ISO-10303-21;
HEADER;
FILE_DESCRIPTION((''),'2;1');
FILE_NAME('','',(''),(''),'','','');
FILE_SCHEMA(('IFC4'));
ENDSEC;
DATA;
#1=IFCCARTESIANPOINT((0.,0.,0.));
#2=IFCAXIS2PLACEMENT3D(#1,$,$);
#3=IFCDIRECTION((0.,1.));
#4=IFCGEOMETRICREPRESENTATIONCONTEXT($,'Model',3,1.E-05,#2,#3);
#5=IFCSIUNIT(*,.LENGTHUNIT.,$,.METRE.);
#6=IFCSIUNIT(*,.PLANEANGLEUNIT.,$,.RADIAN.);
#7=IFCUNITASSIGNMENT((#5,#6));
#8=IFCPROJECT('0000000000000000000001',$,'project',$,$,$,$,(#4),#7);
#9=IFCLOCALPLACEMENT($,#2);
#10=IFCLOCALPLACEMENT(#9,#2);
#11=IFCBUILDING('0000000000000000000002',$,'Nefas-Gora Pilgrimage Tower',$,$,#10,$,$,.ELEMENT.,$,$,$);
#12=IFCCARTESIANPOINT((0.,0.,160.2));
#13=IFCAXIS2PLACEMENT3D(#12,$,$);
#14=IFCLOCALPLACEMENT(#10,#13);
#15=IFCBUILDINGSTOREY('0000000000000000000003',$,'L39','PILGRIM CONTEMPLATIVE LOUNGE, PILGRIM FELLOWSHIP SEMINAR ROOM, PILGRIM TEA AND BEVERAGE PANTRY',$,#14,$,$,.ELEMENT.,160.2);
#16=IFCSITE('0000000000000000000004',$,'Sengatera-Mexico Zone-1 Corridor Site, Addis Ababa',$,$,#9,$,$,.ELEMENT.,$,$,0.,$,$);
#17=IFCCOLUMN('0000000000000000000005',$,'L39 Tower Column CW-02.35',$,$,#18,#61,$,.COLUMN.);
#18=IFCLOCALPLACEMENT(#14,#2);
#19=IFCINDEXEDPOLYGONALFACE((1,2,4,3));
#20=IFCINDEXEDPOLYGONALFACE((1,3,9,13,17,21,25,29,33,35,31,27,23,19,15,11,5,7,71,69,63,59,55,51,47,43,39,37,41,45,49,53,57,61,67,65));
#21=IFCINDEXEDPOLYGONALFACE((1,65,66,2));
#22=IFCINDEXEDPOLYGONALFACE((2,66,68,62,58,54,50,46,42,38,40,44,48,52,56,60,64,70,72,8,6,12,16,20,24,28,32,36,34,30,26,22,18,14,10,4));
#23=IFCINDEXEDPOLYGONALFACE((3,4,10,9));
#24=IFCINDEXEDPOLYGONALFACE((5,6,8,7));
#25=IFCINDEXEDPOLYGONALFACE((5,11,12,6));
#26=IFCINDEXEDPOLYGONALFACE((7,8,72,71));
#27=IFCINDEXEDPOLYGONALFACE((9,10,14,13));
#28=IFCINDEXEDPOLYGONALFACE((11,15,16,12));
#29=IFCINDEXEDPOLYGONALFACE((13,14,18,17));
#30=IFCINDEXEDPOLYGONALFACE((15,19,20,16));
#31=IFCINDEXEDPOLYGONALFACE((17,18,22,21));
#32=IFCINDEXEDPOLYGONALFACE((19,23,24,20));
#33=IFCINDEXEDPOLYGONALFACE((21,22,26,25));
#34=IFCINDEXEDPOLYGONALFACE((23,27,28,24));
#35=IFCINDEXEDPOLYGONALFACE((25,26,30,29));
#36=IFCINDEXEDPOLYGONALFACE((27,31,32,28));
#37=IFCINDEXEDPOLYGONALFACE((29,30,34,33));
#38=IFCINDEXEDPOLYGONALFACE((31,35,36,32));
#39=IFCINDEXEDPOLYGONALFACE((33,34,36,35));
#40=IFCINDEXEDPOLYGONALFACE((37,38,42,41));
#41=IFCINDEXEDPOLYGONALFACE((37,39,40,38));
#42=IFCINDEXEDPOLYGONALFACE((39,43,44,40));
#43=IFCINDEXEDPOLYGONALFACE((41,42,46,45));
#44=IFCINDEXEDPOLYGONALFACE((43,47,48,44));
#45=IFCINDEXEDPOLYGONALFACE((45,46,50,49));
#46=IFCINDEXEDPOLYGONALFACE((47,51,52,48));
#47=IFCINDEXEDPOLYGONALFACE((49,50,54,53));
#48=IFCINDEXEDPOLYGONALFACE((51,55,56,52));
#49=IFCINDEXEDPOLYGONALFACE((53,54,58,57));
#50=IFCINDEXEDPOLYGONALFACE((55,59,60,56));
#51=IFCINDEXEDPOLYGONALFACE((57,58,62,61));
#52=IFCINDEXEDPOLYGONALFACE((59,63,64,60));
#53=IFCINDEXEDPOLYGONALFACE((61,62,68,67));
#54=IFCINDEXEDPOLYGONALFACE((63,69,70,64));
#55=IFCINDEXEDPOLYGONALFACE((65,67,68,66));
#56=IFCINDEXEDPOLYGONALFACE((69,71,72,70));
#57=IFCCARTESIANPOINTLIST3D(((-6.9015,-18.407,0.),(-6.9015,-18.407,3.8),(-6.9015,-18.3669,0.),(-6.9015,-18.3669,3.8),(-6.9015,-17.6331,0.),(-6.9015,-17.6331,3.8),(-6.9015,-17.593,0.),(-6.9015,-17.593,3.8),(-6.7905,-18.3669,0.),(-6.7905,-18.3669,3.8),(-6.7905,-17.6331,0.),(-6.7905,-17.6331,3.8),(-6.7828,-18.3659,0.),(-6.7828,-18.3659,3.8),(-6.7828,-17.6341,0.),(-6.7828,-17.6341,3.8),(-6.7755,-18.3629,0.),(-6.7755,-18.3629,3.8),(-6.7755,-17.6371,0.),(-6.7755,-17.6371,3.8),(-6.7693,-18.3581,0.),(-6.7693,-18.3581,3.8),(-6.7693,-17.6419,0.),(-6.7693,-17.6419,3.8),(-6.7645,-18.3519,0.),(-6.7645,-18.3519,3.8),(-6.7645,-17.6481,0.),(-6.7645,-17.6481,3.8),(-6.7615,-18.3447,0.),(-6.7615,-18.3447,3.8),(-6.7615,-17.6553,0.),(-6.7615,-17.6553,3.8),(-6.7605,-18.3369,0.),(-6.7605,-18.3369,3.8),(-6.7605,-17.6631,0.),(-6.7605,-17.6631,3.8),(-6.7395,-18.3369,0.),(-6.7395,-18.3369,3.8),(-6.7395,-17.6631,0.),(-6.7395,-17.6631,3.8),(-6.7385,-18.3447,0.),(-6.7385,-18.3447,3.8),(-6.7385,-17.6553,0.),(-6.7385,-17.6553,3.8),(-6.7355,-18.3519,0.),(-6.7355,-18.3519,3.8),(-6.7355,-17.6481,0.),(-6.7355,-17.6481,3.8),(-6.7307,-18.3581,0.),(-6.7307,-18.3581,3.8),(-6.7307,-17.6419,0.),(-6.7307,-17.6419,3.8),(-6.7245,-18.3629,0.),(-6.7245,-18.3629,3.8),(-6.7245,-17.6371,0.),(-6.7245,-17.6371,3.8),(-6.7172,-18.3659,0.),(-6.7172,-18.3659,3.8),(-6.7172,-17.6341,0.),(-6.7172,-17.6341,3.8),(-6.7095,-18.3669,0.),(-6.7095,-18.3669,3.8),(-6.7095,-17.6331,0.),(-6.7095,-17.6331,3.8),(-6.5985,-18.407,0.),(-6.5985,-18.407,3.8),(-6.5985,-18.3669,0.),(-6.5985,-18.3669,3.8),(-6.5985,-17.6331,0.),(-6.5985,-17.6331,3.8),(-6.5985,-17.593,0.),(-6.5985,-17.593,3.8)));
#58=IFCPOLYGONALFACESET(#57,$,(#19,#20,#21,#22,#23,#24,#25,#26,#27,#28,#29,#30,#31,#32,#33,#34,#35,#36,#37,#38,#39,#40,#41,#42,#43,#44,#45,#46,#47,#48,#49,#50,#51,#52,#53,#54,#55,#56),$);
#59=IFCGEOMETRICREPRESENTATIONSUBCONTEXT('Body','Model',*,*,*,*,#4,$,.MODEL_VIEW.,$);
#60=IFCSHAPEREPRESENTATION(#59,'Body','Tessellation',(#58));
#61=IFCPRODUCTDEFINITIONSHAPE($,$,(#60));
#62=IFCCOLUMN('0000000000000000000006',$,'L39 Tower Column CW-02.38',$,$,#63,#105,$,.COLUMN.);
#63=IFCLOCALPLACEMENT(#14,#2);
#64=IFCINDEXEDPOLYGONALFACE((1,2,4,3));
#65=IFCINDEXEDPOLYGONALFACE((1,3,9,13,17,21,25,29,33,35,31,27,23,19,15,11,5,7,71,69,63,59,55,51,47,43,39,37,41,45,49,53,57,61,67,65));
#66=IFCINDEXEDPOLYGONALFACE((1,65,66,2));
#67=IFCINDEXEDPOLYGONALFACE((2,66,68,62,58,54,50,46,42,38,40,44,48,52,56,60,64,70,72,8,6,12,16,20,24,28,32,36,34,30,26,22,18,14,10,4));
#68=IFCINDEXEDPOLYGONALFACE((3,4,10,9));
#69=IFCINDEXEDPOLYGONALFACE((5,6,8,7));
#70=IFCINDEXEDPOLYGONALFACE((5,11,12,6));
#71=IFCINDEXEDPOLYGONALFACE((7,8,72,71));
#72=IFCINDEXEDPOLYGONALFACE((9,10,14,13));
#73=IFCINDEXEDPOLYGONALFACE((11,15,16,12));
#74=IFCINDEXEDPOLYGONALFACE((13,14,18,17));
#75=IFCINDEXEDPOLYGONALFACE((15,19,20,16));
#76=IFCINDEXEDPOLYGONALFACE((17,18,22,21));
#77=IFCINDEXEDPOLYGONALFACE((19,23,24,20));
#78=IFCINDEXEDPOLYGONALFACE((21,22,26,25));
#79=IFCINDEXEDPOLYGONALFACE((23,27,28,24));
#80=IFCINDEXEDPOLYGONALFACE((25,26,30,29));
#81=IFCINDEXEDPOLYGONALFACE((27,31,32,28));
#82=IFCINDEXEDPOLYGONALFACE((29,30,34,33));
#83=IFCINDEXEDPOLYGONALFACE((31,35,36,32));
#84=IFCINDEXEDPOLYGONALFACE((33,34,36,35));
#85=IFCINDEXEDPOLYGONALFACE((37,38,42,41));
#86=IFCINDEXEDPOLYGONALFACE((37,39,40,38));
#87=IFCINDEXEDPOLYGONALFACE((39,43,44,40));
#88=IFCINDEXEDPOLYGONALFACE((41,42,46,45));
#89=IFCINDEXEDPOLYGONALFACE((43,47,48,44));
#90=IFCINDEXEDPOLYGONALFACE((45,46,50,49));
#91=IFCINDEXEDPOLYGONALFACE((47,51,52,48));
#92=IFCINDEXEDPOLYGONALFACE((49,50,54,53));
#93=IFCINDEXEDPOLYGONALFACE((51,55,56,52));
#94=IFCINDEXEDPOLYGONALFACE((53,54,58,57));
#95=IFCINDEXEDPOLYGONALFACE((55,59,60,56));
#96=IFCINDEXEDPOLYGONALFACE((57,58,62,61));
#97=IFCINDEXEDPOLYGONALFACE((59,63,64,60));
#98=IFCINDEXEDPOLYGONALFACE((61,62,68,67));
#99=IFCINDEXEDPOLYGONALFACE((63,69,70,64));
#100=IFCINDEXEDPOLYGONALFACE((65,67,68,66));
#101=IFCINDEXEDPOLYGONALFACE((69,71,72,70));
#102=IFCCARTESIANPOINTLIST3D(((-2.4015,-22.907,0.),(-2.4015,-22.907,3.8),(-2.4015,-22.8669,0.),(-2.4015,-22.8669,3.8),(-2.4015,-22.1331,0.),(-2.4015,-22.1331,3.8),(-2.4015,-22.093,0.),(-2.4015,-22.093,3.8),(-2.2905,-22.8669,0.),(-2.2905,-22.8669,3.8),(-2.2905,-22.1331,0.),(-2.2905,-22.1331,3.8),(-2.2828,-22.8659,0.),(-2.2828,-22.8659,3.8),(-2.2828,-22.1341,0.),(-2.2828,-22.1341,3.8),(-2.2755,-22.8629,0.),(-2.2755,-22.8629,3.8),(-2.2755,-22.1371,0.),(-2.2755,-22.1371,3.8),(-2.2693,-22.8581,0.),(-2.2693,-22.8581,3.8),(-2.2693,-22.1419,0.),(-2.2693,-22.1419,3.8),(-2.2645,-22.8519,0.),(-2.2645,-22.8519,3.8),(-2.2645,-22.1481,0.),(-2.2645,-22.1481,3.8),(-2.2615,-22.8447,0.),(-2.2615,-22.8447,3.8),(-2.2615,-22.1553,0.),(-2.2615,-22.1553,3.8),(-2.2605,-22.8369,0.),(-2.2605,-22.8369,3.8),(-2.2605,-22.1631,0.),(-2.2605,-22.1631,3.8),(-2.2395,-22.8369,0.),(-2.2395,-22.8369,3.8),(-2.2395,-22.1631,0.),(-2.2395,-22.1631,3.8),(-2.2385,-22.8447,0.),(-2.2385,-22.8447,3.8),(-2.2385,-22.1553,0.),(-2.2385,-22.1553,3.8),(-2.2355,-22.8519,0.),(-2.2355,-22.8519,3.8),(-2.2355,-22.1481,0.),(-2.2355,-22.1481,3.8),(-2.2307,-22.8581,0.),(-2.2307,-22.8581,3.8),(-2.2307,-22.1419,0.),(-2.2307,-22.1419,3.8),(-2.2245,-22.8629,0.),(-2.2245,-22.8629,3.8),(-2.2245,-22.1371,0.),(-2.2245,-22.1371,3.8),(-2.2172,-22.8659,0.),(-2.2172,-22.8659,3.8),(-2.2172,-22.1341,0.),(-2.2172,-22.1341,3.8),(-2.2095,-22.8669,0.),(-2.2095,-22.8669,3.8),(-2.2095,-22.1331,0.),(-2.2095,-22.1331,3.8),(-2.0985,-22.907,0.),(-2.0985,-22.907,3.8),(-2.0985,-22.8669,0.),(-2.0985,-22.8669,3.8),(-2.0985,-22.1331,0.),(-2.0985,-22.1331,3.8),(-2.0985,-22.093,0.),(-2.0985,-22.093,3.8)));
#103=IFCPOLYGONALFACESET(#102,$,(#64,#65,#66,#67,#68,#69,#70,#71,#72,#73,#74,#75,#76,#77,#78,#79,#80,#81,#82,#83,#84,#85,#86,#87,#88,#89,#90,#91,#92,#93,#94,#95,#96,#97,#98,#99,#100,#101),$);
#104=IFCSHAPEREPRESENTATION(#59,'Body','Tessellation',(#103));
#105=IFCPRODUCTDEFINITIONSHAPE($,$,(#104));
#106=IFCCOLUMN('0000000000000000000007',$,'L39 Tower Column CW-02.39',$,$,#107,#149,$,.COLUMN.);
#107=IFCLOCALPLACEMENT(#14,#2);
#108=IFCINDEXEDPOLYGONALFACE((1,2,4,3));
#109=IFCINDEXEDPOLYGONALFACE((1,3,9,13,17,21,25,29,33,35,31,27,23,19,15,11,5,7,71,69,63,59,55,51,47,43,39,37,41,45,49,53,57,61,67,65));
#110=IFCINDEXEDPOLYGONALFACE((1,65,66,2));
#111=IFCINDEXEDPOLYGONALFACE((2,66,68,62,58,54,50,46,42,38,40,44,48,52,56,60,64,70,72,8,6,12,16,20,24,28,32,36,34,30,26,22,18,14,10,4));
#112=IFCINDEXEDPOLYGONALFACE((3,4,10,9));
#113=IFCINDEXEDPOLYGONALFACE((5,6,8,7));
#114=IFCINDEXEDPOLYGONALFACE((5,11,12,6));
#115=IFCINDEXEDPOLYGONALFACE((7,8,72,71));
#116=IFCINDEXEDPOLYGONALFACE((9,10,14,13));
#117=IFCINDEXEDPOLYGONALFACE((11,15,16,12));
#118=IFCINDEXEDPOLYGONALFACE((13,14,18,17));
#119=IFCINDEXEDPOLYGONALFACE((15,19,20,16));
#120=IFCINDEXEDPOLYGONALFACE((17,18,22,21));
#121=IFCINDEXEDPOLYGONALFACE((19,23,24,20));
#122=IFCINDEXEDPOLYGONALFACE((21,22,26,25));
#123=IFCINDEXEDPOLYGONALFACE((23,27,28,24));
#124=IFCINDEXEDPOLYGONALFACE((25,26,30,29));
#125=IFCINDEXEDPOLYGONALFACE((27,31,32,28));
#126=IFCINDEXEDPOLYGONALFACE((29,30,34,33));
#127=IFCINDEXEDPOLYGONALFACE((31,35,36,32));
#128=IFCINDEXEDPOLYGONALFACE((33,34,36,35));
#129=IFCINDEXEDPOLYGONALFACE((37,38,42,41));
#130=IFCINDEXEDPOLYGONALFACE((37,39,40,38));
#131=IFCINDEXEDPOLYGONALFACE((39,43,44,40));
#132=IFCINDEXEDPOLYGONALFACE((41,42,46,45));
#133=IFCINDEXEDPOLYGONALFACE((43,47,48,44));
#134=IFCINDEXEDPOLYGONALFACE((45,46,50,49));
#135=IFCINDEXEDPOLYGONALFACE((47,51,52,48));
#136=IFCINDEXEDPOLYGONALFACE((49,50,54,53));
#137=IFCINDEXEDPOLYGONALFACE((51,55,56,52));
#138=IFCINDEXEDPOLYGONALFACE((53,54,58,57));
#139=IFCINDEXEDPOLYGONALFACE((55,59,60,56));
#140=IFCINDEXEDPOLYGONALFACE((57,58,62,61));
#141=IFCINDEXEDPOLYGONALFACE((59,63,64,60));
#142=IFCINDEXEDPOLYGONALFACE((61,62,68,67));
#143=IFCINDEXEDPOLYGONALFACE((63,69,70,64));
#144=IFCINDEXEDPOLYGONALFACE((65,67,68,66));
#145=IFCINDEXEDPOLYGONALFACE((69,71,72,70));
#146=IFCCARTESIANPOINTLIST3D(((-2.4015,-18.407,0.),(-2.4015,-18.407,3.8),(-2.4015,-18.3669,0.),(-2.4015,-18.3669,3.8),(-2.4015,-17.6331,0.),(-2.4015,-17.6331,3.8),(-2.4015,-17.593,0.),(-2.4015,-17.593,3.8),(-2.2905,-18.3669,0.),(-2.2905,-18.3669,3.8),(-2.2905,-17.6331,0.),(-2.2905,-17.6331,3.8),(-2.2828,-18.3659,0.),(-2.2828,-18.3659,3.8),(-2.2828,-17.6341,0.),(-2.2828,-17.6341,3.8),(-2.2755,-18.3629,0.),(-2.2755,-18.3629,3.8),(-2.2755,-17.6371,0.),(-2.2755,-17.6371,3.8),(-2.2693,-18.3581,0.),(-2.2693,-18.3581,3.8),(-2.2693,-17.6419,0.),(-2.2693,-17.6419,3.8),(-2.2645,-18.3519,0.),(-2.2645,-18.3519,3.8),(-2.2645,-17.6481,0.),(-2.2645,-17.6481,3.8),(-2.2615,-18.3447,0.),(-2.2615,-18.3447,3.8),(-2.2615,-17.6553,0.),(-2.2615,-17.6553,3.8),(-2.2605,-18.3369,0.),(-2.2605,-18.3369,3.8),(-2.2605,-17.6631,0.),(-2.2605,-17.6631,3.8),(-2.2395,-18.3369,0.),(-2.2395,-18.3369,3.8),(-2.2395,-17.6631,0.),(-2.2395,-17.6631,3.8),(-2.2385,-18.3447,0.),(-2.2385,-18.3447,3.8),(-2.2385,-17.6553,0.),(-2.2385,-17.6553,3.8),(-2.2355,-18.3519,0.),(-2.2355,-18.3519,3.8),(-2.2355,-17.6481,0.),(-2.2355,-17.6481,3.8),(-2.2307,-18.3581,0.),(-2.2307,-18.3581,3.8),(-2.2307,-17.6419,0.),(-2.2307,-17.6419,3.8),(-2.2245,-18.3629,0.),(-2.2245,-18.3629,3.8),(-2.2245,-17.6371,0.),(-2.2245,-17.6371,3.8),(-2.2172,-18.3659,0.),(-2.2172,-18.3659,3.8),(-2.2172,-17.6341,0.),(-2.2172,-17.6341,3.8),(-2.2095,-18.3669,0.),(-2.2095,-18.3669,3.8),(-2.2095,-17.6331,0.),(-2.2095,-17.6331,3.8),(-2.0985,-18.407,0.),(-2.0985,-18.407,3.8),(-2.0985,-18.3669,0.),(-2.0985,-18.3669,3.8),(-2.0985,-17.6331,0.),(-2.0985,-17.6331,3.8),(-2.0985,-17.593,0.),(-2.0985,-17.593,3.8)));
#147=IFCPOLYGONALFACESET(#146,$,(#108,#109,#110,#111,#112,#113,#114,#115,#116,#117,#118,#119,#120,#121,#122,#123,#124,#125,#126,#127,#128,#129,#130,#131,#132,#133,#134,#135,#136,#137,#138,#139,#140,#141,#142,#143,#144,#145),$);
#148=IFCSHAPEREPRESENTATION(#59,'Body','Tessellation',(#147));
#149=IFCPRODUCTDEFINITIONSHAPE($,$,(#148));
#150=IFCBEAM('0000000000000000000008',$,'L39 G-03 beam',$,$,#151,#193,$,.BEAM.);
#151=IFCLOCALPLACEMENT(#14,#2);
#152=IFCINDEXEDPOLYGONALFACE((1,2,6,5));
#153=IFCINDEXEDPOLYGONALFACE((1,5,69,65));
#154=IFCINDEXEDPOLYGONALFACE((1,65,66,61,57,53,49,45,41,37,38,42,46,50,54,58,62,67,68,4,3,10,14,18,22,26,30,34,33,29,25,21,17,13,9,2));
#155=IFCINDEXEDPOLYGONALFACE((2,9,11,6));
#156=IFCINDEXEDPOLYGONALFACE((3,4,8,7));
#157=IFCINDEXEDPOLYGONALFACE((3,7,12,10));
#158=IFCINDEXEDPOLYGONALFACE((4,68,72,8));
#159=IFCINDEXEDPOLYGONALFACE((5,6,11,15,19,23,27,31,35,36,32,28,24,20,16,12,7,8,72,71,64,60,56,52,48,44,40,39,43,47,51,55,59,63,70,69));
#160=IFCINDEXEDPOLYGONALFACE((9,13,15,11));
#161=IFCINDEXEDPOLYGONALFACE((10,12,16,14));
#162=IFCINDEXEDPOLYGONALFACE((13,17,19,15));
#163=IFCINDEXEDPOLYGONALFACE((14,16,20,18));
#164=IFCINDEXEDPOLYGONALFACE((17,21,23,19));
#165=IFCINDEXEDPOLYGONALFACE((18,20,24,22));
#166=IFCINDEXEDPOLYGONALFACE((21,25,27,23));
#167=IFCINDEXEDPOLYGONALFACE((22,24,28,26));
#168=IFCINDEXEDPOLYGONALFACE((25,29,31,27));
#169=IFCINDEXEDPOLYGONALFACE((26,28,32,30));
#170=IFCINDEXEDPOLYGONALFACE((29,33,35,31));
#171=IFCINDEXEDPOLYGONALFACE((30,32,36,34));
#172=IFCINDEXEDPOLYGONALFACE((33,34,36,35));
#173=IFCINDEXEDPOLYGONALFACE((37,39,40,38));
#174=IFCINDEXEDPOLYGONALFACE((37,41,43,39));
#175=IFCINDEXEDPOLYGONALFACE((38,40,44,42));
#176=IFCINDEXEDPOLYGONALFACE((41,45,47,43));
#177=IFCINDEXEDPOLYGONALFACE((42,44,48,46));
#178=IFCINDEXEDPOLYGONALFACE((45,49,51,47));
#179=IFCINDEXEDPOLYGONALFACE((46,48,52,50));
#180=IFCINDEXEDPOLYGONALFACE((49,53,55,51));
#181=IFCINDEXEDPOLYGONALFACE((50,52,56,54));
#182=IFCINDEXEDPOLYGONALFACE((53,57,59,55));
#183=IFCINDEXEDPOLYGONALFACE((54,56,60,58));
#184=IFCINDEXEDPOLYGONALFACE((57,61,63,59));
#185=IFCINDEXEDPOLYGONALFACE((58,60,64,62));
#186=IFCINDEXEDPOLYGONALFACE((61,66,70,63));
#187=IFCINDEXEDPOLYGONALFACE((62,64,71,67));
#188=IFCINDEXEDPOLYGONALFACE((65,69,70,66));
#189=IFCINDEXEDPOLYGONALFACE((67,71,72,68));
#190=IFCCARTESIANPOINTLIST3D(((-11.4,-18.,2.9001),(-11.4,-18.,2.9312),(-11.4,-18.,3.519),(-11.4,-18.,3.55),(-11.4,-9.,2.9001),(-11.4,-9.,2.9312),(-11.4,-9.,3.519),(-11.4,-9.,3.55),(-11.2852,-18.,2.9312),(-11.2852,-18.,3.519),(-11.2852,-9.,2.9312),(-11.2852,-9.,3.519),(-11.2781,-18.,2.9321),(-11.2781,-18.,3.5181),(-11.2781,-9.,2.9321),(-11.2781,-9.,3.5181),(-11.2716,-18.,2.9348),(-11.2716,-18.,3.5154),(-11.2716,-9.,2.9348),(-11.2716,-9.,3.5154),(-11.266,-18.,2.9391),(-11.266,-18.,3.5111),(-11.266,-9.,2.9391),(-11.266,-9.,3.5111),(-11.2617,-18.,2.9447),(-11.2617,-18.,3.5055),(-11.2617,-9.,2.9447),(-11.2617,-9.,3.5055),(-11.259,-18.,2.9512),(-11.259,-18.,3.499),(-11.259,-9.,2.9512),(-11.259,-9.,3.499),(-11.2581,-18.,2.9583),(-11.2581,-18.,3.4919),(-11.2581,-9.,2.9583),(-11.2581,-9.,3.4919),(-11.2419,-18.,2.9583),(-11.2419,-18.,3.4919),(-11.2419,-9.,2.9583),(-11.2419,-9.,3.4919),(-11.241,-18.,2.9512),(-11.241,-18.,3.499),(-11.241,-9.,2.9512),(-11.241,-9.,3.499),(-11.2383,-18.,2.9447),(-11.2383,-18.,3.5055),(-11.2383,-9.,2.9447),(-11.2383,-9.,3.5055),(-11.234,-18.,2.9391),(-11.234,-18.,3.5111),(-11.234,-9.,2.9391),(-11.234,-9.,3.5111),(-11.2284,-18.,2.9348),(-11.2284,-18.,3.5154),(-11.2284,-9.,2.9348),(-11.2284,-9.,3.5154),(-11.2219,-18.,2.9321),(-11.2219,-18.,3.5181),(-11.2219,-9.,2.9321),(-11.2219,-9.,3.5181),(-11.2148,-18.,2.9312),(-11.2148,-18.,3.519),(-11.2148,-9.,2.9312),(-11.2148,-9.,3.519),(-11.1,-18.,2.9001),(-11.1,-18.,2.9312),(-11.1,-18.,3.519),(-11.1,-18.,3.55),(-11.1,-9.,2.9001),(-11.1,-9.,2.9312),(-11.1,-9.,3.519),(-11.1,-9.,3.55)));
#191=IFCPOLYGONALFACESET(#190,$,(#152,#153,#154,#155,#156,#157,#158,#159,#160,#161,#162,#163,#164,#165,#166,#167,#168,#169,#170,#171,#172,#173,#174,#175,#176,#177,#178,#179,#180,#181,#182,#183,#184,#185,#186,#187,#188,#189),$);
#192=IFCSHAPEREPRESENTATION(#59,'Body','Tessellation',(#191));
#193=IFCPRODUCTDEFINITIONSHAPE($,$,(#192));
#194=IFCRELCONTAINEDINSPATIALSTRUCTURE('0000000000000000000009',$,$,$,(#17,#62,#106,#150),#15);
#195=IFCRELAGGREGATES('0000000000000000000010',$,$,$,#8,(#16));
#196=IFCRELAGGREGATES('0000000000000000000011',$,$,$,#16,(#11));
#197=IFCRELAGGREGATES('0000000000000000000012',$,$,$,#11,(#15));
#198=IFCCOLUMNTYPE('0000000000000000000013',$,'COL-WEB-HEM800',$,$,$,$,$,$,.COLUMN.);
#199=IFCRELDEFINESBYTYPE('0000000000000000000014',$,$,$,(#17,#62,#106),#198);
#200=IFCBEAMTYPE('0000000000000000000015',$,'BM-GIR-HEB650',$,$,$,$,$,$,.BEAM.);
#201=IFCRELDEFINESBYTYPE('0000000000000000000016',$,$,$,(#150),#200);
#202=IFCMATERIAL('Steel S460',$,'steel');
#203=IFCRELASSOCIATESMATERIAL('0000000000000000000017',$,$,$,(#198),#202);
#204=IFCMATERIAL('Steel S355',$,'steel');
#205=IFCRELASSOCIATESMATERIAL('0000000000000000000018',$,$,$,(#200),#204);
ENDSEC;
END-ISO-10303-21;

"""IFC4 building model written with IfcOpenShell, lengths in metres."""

from ifc_helpers import new_model, si_unit, direction, frame, origin, origin_2d, place, context, subcontext, project, spatial, i_section, extrude, source, transform, mapped, material, material_profile, profile_set, type_object, element, save


model = new_model("IFC4")

# Units and contexts
model_context = context("Model", 3, precision=1e-05, world=origin(), true_north=direction((0.0, 1.0)))
body_context = subcontext(model_context, "Body", "Model", "MODEL_VIEW")
ifc_project = project(units=[si_unit("LENGTHUNIT", "METRE"), si_unit("PLANEANGLEUNIT", "RADIAN")], contexts=[model_context])

# Site, building, storey
site_placement = place(None, origin())
site = spatial("IfcSite", under=ifc_project, at=site_placement, Name="Sengatera-Mexico Zone-1 Corridor Site, Addis Ababa", CompositionType="ELEMENT", RefElevation=0.0)
building_placement = place(site_placement, origin())
building = spatial("IfcBuilding", under=site, at=building_placement, Name="Nefas-Gora Pilgrimage Tower", CompositionType="ELEMENT")
storey_placement = place(building_placement, frame((0.0, 0.0, 160.2)))
storey = spatial("IfcBuildingStorey", under=building, at=storey_placement, Name="L39", Description="PILGRIM CONTEMPLATIVE LOUNGE, PILGRIM FELLOWSHIP SEMINAR ROOM, PILGRIM TEA AND BEVERAGE PANTRY", CompositionType="ELEMENT", Elevation=160.2)

# Columns
ifc_material_1 = material(Name="Steel S460", Category="steel")
ifc_material_profile_1 = material_profile(ifc_material_1, i_section(OverallWidth=0.303, OverallDepth=0.814, WebThickness=0.021, FlangeThickness=0.04, FilletRadius=0.03, at=origin_2d()), Name="HEM 800")
ifc_profile_set_1 = profile_set([ifc_material_profile_1], Name="Steel S460")
column_type_1 = type_object("IfcColumnType", Name="COL-WEB-HEM800", PredefinedType="COLUMN", material=ifc_profile_set_1)
shared_shape_1 = source(origin(), body_context, "Body", "SweptSolid", [
    extrude(i_section(OverallWidth=0.303, OverallDepth=0.814, WebThickness=0.021, FlangeThickness=0.04, FilletRadius=0.03, at=origin_2d()), origin(), (0.0, 0.0, 1.0), 3.8),
])
for number, where, z_axis, x_axis, name in (
    (1, (-6.75, -18.0, 0.0), (0.0, 0.0, 1.0), (1.0, 0.0, 0.0), "L39 Tower Column CW-02.35"),
    (2, (-2.25, -22.5, 0.0), (0.0, 0.0, 1.0), (1.0, 0.0, 0.0), "L39 Tower Column CW-02.38"),
    (3, (-2.25, -18.0, 0.0), (0.0, 0.0, 1.0), (1.0, 0.0, 0.0), "L39 Tower Column CW-02.39"),
):
    element("IfcColumn", number, at=place(storey_placement, frame(where, z_axis=z_axis, x_axis=x_axis)), inside=storey, type_object=column_type_1, Name=name, PredefinedType="COLUMN", context=body_context, shape_type="MappedRepresentation", body=[
        mapped(shared_shape_1, transform((0.0, 0.0, 0.0), x_axis=(1.0, 0.0, 0.0), y_axis=(0.0, 1.0, 0.0), z_axis=(0.0, 0.0, 1.0), scale=1.0)),
    ])

# Beam
ifc_material_2 = material(Name="Steel S355", Category="steel")
ifc_material_profile_2 = material_profile(ifc_material_2, i_section(OverallWidth=0.3, OverallDepth=0.6499, WebThickness=0.0161, FlangeThickness=0.031, FilletRadius=0.0271, at=origin_2d()), Name="HEB 650")
ifc_profile_set_2 = profile_set([ifc_material_profile_2], Name="Steel S355")
beam_type = type_object("IfcBeamType", Name="BM-GIR-HEB650", PredefinedType="BEAM", material=ifc_profile_set_2)
shared_shape_2 = source(origin(), body_context, "Body", "SweptSolid", [
    extrude(i_section(OverallWidth=0.3, OverallDepth=0.6499, WebThickness=0.0161, FlangeThickness=0.031, FilletRadius=0.0271, at=origin_2d()), origin(), (0.0, 0.0, 1.0), 9.0),
])
beam_placement = place(storey_placement, frame((-11.25, -18.0, 3.2251), z_axis=(0.0, 1.0, 0.0), x_axis=(-1.0, 0.0, 0.0)))
element("IfcBeam", 4, at=beam_placement, inside=storey, type_object=beam_type, Name="L39 G-03 beam", PredefinedType="BEAM", context=body_context, shape_type="MappedRepresentation", body=[
    mapped(shared_shape_2, transform((0.0, 0.0, 0.0), x_axis=(1.0, 0.0, 0.0), y_axis=(0.0, 1.0, 0.0), z_axis=(0.0, 0.0, 1.0), scale=1.0)),
])

save(model, "model.ifc")
